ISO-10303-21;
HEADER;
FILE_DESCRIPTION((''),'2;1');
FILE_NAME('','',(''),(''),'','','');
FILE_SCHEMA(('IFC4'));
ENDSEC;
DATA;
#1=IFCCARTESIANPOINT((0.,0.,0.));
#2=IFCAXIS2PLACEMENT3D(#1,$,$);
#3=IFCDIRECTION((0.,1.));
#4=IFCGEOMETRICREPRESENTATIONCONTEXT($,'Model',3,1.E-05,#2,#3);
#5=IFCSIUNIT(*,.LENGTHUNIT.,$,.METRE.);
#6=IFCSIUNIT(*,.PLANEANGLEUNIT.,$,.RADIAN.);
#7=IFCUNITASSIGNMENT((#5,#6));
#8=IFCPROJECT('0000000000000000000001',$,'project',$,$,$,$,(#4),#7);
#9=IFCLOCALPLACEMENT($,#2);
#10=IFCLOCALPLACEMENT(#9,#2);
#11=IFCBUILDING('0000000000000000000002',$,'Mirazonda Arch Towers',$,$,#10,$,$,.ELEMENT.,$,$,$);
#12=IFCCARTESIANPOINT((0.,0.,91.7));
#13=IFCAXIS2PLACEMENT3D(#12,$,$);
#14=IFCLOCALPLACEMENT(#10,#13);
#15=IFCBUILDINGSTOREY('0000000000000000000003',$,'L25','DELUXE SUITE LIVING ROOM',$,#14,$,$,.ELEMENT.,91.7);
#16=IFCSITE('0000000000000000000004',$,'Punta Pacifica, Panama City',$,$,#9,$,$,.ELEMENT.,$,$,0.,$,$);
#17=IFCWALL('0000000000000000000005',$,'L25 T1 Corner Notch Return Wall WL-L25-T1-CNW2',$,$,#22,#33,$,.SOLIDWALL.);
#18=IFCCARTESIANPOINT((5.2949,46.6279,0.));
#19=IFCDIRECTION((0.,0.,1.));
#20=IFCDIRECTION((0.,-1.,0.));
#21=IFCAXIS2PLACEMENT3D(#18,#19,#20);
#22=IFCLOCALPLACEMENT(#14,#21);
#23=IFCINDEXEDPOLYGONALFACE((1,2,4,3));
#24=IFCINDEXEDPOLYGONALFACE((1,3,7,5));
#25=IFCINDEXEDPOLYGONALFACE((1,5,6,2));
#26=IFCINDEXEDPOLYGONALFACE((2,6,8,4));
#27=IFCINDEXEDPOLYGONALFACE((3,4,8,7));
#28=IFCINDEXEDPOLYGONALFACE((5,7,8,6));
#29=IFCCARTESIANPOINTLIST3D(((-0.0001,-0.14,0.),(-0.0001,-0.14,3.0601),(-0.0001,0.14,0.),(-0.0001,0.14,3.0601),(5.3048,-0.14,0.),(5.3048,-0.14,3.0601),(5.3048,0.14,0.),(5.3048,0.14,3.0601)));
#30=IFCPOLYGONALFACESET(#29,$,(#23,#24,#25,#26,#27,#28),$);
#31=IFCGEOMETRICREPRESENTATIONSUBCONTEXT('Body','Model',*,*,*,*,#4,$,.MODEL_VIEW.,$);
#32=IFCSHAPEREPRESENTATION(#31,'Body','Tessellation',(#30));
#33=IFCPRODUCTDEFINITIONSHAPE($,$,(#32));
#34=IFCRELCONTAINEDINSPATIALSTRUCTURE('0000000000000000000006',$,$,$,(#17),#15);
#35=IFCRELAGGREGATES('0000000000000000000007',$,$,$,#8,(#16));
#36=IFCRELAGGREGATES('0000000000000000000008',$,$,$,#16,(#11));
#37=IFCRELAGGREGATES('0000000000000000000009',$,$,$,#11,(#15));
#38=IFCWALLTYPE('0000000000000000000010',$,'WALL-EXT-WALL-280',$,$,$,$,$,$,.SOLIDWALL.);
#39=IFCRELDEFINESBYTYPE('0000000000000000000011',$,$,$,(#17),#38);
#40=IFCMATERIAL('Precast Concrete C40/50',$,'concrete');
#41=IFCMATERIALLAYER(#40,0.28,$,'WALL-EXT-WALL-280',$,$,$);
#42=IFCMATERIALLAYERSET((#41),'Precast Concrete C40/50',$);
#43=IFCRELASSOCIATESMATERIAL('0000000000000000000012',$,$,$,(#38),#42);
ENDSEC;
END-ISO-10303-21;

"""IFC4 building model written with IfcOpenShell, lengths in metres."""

from ifc_helpers import new_model, si_unit, direction, frame, frame_2d, origin, place, context, subcontext, project, spatial, rectangle, extrude, material, layer, layer_set, type_object, element, save


model = new_model("IFC4")

# Units and contexts
model_context = context("Model", 3, precision=1e-05, world=origin(), true_north=direction((0.0, 1.0)))
body_context = subcontext(model_context, "Body", "Model", "MODEL_VIEW")
ifc_project = project(units=[si_unit("LENGTHUNIT", "METRE"), si_unit("PLANEANGLEUNIT", "RADIAN")], contexts=[model_context])

# Site, building, storey
site_placement = place(None, origin())
site = spatial("IfcSite", under=ifc_project, at=site_placement, Name="Punta Pacifica, Panama City", CompositionType="ELEMENT", RefElevation=0.0)
building_placement = place(site_placement, origin())
building = spatial("IfcBuilding", under=site, at=building_placement, Name="Mirazonda Arch Towers", CompositionType="ELEMENT")
storey_placement = place(building_placement, frame((0.0, 0.0, 91.7)))
storey = spatial("IfcBuildingStorey", under=building, at=storey_placement, Name="L25", Description="DELUXE SUITE LIVING ROOM", CompositionType="ELEMENT", Elevation=91.7)

# Shared definitions
ifc_material_1 = material(Name="Precast Concrete C40/50", Category="concrete")
ifc_layer_1 = layer(ifc_material_1, 0.28, Name="WALL-EXT-WALL-280")
ifc_layer_set_1 = layer_set([ifc_layer_1], Name="Precast Concrete C40/50")
wall_type_1 = type_object("IfcWallType", Name="WALL-EXT-WALL-280", PredefinedType="SOLIDWALL", material=ifc_layer_set_1)

# Wall
wall_1_placement = place(storey_placement, frame((5.2949, 46.6279, 0.0), z_axis=(0.0, 0.0, 1.0), x_axis=(0.0, -1.0, 0.0)))
element("IfcWall", 1, at=wall_1_placement, inside=storey, type_object=wall_type_1, Name="L25 T1 Corner Notch Return Wall WL-L25-T1-CNW2", PredefinedType="SOLIDWALL", context=body_context, shape_type="SweptSolid", body=[
    extrude(rectangle(XDim=5.3049, YDim=0.28, at=frame_2d((2.6523, 0.0))), origin(), (0.0, 0.0, 1.0), 3.0601),
])

save(model, "model.ifc")
